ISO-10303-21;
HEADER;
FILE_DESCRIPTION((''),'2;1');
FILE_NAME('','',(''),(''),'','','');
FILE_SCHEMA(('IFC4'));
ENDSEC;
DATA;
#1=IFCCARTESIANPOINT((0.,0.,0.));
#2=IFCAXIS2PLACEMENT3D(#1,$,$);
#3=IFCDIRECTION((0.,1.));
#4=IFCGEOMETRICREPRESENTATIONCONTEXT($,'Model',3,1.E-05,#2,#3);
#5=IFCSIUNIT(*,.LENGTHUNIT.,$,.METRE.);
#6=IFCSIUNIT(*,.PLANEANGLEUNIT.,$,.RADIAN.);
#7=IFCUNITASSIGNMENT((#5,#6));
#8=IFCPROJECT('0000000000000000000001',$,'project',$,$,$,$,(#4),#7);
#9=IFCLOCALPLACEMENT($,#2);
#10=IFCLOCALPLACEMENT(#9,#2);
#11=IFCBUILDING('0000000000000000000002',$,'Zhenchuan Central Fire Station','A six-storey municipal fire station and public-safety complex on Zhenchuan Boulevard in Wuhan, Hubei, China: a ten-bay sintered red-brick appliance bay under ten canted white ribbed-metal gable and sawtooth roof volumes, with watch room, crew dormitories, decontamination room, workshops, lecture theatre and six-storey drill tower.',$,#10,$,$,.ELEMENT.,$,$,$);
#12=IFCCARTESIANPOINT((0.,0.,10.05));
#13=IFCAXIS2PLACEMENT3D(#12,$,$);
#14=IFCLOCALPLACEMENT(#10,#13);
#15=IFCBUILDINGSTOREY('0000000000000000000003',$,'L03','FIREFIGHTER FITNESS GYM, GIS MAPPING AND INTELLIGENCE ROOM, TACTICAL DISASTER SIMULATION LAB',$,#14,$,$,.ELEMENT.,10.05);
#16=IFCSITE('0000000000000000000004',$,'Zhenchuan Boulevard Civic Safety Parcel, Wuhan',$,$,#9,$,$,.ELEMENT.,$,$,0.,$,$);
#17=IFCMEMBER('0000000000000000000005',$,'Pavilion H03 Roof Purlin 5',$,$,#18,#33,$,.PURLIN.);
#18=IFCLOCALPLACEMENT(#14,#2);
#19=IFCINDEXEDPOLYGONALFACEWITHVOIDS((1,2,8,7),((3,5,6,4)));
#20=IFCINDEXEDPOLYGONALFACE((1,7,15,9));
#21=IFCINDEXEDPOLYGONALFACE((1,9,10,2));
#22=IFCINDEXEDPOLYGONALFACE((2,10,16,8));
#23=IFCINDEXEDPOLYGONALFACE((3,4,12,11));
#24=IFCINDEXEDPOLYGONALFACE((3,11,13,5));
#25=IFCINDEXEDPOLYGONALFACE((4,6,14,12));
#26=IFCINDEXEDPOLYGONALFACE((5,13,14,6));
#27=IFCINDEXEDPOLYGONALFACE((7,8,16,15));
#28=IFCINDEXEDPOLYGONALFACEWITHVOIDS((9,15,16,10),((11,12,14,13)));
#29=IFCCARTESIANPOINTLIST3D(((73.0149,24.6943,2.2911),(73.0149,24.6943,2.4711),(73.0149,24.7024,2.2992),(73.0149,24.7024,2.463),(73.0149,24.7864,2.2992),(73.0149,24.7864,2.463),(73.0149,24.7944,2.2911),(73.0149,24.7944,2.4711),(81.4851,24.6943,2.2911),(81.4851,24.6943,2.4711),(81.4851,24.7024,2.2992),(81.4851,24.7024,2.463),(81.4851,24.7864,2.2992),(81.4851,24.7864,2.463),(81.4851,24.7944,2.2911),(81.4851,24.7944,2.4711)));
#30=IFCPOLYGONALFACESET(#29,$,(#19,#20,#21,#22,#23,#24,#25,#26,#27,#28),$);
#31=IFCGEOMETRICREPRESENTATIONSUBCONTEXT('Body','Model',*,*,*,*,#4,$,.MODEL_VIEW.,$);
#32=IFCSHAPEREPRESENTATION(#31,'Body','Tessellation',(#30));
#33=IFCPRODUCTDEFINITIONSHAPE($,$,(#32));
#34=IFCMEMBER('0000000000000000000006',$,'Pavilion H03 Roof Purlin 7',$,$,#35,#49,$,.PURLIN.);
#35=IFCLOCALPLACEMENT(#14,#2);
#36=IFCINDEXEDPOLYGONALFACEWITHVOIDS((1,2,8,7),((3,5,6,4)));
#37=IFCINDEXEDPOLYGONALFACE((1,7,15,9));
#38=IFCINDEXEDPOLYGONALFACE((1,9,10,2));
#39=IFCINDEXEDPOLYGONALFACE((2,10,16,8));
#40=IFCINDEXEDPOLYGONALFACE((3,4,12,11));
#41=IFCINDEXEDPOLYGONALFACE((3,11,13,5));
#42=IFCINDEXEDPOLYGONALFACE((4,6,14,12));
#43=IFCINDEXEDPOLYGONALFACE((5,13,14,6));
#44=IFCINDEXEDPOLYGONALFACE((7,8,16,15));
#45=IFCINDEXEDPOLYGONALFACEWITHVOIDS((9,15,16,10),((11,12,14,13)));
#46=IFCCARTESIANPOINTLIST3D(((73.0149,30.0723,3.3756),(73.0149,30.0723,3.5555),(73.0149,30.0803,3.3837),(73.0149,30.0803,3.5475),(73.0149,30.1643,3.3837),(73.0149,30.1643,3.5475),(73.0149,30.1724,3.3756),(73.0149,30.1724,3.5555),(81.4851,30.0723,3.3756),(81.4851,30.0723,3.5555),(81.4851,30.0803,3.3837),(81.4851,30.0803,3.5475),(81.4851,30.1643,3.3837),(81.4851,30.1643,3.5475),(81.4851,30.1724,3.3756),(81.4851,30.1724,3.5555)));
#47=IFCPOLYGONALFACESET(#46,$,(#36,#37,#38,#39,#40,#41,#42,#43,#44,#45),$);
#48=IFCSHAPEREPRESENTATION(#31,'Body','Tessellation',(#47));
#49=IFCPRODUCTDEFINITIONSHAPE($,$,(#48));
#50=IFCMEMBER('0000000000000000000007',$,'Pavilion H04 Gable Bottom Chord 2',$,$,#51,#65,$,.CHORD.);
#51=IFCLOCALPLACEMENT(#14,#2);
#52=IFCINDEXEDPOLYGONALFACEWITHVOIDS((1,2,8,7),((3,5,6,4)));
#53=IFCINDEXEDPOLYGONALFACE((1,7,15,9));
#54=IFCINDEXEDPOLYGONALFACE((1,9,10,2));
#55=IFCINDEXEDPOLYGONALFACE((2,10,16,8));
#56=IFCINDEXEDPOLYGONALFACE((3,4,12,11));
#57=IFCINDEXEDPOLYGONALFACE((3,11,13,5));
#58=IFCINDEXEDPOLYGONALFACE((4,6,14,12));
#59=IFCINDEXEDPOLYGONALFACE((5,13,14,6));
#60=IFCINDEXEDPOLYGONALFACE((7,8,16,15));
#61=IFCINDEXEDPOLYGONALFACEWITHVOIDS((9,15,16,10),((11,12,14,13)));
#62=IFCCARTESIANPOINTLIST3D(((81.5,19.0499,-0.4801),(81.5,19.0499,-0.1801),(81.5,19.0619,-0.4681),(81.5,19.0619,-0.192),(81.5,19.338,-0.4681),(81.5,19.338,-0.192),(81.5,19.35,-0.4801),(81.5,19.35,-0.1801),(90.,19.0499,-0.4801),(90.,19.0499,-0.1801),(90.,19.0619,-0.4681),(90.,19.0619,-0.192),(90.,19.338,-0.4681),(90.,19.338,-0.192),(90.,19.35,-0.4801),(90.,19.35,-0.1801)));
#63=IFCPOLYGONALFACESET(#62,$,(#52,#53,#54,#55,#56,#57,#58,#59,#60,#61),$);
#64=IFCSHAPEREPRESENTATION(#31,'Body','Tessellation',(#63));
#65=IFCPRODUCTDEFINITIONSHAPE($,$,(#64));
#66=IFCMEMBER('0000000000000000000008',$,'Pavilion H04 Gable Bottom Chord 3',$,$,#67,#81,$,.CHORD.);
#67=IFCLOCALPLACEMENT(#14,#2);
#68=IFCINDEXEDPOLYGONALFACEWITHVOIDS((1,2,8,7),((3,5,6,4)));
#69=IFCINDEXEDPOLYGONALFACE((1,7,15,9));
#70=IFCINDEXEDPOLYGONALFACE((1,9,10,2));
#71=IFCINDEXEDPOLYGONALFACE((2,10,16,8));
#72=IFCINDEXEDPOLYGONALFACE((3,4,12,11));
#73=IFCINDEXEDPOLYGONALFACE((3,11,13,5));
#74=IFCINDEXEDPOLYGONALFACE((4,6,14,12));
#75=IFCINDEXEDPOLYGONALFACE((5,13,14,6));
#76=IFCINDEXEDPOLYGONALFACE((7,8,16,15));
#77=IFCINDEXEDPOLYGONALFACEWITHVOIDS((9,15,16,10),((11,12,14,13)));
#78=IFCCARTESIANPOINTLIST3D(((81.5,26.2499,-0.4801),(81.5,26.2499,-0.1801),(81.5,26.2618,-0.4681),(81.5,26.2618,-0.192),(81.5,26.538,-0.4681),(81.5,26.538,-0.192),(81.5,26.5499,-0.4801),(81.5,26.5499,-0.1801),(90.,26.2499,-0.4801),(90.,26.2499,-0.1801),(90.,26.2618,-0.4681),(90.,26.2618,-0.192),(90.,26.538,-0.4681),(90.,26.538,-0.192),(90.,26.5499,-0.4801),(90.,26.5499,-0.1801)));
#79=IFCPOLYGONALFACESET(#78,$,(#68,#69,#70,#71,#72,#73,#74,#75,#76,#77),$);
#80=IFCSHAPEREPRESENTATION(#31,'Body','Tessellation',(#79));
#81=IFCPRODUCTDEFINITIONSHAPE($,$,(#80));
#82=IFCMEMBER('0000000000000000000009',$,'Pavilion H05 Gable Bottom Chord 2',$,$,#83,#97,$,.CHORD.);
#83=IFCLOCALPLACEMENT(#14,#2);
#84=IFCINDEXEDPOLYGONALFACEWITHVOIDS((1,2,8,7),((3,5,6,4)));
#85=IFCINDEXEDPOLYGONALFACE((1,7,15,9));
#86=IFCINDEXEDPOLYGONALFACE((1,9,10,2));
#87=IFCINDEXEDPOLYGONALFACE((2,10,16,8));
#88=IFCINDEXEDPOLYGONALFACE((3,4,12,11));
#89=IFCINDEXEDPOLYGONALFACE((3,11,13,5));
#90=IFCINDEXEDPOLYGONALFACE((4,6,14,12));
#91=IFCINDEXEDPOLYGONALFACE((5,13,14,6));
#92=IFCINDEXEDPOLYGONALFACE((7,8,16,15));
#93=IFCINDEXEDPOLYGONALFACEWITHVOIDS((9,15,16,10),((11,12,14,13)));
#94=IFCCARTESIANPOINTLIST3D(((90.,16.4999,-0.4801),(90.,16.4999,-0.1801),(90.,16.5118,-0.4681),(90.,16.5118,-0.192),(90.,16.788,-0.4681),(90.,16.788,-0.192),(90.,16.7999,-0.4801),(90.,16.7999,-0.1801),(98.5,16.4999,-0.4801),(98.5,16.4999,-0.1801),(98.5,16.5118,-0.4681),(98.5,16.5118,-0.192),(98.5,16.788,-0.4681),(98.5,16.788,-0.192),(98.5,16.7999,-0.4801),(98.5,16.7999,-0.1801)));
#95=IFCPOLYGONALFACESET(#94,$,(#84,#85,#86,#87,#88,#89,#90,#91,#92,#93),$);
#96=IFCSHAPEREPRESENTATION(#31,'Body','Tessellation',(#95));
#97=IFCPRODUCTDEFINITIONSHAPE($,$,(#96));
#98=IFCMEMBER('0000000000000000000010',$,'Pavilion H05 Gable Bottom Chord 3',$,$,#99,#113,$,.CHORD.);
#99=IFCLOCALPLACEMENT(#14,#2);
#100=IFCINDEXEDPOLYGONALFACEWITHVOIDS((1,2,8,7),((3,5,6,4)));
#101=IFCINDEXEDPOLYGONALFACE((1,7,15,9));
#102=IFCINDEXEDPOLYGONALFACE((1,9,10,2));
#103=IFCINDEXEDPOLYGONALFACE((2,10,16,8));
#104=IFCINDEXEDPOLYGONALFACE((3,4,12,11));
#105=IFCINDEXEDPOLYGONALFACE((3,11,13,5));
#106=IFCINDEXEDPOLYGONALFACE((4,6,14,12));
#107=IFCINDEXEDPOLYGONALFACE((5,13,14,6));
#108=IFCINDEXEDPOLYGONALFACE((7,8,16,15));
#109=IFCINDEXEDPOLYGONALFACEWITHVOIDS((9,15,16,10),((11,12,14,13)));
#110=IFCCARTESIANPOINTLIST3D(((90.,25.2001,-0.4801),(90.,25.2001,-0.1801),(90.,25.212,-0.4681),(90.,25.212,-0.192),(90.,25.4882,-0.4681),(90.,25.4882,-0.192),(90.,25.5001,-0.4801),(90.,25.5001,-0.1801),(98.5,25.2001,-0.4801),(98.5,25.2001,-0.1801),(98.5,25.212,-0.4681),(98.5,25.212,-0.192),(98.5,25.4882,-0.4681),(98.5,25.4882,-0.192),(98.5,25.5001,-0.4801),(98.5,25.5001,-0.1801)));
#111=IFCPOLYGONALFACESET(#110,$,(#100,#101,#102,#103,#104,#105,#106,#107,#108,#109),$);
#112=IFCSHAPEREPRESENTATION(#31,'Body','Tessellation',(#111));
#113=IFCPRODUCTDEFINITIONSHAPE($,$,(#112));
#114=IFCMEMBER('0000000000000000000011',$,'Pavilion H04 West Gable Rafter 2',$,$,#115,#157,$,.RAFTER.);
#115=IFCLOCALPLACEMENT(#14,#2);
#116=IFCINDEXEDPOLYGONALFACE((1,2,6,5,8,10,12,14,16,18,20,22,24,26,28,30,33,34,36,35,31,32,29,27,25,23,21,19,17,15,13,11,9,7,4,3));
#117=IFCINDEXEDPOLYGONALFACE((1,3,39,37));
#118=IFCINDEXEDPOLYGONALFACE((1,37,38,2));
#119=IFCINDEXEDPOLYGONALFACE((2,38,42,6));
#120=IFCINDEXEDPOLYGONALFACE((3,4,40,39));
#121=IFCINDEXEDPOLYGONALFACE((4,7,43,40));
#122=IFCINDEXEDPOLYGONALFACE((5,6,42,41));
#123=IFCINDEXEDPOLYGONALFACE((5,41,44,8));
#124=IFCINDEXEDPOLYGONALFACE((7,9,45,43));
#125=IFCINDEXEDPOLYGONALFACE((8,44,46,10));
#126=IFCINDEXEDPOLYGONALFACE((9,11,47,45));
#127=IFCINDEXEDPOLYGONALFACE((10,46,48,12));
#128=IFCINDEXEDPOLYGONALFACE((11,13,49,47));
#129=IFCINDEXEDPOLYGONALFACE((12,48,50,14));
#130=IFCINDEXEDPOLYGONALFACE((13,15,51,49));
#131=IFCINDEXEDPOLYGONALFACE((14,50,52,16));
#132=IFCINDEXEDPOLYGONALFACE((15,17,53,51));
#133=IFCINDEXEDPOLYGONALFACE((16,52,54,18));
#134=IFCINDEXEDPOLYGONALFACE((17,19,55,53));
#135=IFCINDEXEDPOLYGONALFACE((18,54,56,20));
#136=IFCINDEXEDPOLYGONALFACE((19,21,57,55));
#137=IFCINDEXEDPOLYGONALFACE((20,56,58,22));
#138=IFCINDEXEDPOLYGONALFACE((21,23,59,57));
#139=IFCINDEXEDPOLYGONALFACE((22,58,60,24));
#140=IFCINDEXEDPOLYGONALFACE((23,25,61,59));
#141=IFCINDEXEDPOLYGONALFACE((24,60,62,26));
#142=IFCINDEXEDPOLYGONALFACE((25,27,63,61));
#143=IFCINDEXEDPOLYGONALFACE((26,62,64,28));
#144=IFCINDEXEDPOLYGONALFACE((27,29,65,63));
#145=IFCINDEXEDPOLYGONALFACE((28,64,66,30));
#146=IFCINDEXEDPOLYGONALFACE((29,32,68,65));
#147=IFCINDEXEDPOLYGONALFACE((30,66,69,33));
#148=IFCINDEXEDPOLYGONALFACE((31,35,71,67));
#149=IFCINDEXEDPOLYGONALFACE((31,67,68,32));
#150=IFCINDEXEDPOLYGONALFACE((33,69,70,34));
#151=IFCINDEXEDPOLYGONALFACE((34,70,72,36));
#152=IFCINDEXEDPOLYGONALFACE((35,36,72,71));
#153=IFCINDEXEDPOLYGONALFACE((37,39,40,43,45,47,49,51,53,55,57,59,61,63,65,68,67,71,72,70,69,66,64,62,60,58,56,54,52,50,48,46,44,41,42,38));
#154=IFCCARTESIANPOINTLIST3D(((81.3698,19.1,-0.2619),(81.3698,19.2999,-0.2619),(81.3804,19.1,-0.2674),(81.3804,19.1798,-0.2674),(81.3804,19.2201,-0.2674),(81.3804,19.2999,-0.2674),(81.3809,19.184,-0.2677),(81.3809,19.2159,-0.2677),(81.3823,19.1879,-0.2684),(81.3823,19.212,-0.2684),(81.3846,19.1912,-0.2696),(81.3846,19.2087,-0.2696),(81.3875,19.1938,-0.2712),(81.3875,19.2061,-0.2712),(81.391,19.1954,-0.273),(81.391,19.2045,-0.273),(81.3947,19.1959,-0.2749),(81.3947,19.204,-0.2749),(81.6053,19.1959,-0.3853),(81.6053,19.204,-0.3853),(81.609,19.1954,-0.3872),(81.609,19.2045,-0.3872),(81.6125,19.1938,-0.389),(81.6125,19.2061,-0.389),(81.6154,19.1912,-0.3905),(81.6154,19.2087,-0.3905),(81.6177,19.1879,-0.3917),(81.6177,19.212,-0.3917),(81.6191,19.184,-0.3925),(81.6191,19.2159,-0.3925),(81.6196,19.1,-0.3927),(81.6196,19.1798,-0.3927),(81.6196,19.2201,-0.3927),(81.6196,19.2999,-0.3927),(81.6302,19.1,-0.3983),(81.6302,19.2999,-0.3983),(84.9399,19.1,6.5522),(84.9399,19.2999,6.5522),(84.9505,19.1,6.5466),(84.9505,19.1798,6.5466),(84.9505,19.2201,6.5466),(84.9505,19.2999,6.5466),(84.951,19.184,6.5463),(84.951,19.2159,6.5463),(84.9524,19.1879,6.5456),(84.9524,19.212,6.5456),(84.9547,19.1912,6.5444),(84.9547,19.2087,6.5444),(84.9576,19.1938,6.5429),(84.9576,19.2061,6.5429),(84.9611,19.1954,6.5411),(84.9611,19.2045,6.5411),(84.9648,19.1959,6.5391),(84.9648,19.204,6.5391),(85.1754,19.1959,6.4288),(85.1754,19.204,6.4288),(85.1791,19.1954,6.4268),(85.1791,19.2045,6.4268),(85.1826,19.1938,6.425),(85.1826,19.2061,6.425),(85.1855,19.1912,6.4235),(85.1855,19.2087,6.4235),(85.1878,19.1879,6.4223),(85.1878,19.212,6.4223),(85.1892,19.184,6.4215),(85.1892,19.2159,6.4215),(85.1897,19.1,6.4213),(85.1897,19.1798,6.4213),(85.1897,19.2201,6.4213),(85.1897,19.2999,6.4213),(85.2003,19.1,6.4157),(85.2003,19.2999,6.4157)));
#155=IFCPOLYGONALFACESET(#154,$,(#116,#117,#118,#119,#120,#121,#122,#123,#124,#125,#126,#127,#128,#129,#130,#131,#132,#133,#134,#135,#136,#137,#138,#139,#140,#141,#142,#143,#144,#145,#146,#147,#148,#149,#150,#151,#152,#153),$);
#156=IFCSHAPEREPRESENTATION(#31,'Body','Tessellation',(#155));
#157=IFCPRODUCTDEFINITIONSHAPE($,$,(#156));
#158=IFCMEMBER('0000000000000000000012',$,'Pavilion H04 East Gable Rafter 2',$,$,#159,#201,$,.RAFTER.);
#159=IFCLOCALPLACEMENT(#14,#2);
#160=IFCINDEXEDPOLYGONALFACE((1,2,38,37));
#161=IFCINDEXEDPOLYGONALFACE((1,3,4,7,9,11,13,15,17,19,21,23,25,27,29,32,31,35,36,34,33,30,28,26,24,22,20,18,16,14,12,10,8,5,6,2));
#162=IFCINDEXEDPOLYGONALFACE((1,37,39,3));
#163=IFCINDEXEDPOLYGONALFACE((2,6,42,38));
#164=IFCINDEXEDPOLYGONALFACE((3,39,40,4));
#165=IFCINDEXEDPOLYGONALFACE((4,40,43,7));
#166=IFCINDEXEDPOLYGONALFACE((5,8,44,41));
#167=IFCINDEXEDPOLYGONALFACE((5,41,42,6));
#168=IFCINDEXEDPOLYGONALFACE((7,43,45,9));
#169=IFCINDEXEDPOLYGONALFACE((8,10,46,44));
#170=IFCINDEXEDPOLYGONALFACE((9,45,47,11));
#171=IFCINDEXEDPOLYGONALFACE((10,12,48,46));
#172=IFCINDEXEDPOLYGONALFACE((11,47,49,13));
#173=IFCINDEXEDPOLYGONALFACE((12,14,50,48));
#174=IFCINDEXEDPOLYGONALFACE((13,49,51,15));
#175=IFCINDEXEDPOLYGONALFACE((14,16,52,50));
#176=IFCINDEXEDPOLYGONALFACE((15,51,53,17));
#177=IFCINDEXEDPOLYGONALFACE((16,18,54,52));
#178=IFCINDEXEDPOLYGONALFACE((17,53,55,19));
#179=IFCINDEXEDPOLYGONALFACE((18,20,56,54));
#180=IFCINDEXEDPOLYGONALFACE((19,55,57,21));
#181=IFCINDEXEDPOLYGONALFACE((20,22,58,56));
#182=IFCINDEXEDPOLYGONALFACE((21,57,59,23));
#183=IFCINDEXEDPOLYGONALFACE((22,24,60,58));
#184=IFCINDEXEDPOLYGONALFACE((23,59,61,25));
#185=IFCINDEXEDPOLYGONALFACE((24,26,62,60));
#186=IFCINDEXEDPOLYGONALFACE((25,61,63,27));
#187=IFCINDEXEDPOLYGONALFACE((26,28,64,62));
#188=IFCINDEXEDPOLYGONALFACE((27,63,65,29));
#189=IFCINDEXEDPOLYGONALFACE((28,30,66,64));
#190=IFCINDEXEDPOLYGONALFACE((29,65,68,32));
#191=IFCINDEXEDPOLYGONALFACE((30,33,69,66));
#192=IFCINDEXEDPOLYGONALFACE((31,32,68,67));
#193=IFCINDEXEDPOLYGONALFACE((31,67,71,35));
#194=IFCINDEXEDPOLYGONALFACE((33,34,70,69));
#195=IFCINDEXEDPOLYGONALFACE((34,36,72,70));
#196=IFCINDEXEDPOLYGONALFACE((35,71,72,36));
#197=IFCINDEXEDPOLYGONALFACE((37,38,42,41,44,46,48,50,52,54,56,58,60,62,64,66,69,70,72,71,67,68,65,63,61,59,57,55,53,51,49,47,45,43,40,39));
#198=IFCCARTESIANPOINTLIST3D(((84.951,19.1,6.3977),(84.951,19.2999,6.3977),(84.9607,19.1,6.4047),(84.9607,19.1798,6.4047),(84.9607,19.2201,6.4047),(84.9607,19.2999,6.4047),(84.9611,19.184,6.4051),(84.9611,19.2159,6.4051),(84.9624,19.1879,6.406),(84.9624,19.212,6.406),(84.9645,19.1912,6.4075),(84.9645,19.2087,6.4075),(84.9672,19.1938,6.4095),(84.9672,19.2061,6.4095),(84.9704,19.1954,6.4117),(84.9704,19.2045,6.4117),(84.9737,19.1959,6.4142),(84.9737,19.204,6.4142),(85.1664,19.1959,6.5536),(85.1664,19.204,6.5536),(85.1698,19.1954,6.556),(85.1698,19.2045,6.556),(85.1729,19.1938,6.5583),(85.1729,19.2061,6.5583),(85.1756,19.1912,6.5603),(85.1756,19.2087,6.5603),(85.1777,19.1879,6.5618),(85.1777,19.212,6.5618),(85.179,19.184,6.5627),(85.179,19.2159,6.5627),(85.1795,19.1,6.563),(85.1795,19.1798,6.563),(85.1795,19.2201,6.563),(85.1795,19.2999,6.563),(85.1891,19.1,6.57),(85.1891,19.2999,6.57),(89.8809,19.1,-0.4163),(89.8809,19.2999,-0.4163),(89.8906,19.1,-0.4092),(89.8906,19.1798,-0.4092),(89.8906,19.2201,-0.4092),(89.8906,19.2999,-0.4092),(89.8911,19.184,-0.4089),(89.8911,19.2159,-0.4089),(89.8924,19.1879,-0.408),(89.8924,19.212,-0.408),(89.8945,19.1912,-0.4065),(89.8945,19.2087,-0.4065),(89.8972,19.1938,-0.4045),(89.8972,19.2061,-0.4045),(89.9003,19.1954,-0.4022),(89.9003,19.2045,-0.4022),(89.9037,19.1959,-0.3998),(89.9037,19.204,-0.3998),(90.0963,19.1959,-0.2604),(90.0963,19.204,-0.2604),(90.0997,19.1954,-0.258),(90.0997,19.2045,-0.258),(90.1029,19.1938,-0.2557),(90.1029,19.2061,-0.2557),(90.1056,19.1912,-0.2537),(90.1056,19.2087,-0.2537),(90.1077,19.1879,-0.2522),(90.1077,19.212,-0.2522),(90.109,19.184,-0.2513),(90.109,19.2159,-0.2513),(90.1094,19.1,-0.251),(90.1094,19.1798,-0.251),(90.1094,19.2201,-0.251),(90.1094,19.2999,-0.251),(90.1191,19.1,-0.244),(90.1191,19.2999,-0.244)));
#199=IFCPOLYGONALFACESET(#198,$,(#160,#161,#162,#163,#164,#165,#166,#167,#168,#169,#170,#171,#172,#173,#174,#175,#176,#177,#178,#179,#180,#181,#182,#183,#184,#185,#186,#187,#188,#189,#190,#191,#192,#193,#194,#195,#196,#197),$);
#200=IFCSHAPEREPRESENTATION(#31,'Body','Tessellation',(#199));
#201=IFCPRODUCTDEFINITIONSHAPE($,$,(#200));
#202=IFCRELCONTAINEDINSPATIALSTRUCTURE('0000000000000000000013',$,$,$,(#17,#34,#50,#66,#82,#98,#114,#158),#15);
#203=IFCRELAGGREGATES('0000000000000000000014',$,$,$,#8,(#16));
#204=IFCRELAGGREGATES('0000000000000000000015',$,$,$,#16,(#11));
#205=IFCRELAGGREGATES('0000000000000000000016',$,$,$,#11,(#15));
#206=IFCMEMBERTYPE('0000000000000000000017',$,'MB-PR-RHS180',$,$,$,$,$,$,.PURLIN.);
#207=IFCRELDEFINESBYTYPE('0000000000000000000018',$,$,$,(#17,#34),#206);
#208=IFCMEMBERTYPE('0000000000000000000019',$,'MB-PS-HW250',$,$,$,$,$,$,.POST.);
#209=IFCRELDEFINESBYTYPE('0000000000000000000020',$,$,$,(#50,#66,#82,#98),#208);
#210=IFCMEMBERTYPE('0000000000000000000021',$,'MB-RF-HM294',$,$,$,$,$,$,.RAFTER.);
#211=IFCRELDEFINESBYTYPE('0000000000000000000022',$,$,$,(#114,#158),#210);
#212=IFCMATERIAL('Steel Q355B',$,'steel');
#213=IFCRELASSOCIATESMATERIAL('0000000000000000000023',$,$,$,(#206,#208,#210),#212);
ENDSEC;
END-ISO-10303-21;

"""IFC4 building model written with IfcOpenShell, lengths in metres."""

from ifc_helpers import new_model, si_unit, direction, frame, origin, origin_2d, place, context, subcontext, project, spatial, hollow_rectangle, i_section, extrude, material, material_profile, profile_set, type_object, element, save


model = new_model("IFC4")

# Units and contexts
model_context = context("Model", 3, precision=1e-05, world=origin(), true_north=direction((0.0, 1.0)))
body_context = subcontext(model_context, "Body", "Model", "MODEL_VIEW")
ifc_project = project(units=[si_unit("LENGTHUNIT", "METRE"), si_unit("PLANEANGLEUNIT", "RADIAN")], contexts=[model_context])

# Site, building, storey
site_placement = place(None, origin())
site = spatial("IfcSite", under=ifc_project, at=site_placement, Name="Zhenchuan Boulevard Civic Safety Parcel, Wuhan", CompositionType="ELEMENT", RefElevation=0.0)
building_placement = place(site_placement, origin())
building = spatial("IfcBuilding", under=site, at=building_placement, Name="Zhenchuan Central Fire Station", Description="A six-storey municipal fire station and public-safety complex on Zhenchuan Boulevard in Wuhan, Hubei, China: a ten-bay sintered red-brick appliance bay under ten canted white ribbed-metal gable and sawtooth roof volumes, with watch room, crew dormitories, decontamination room, workshops, lecture theatre and six-storey drill tower.", CompositionType="ELEMENT")
storey_placement = place(building_placement, frame((0.0, 0.0, 10.05)))
storey = spatial("IfcBuildingStorey", under=building, at=storey_placement, Name="L03", Description="FIREFIGHTER FITNESS GYM, GIS MAPPING AND INTELLIGENCE ROOM, TACTICAL DISASTER SIMULATION LAB", CompositionType="ELEMENT", Elevation=10.05)

# Members
ifc_material = material(Name="Steel Q355B", Category="steel")
ifc_material_profile_1 = material_profile(ifc_material, hollow_rectangle(XDim=0.1001, YDim=0.1799, WallThickness=0.0081, at=origin_2d()), Name="RHS 180x100x8")
ifc_profile_set_1 = profile_set([ifc_material_profile_1], Name="Steel Q355B")
member_type_1 = type_object("IfcMemberType", Name="MB-PR-RHS180", PredefinedType="PURLIN", material=ifc_profile_set_1)
for number, where, z_axis, x_axis, name in (
    (1, (73.0149, 24.7444, 2.3811), (1.0, 0.0, 0.0), (0.0, 1.0, 0.0), "Pavilion H03 Roof Purlin 5"),
    (2, (73.0149, 30.1223, 3.4656), (1.0, 0.0, 0.0), (0.0, 1.0, 0.0), "Pavilion H03 Roof Purlin 7"),
):
    element("IfcMember", number, at=place(storey_placement, frame(where, z_axis=z_axis, x_axis=x_axis)), inside=storey, type_object=member_type_1, Name=name, PredefinedType="PURLIN", context=body_context, shape_type="SweptSolid", body=[
        extrude(hollow_rectangle(XDim=0.1001, YDim=0.1799, WallThickness=0.0081, at=origin_2d()), origin(), (0.0, 0.0, 1.0), 8.4702),
    ])
ifc_material_profile_2 = material_profile(ifc_material, hollow_rectangle(XDim=0.3, YDim=0.3, WallThickness=0.012, at=origin_2d()), Name="SHS 300x300x12")
ifc_profile_set_2 = profile_set([ifc_material_profile_2], Name="Steel Q355B")
member_type_2 = type_object("IfcMemberType", Name="MB-PS-HW250", PredefinedType="POST", material=ifc_profile_set_2)
for number, where, z_axis, x_axis, name in (
    (3, (81.5, 19.2, -0.3301), (1.0, 0.0, 0.0), (0.0, 1.0, 0.0), "Pavilion H04 Gable Bottom Chord 2"),
    (4, (81.5, 26.3999, -0.3301), (1.0, 0.0, 0.0), (0.0, 1.0, 0.0), "Pavilion H04 Gable Bottom Chord 3"),
    (5, (90.0, 16.6499, -0.3301), (1.0, 0.0, 0.0), (0.0, 1.0, 0.0), "Pavilion H05 Gable Bottom Chord 2"),
    (6, (90.0, 25.3501, -0.3301), (1.0, 0.0, 0.0), (0.0, 1.0, 0.0), "Pavilion H05 Gable Bottom Chord 3"),
):
    element("IfcMember", number, at=place(storey_placement, frame(where, z_axis=z_axis, x_axis=x_axis)), inside=storey, type_object=member_type_2, Name=name, PredefinedType="CHORD", context=body_context, shape_type="SweptSolid", body=[
        extrude(hollow_rectangle(XDim=0.3, YDim=0.3, WallThickness=0.012, at=origin_2d()), origin(), (0.0, 0.0, 1.0), 8.5),
    ])
ifc_material_profile_3 = material_profile(ifc_material, i_section(OverallWidth=0.2, OverallDepth=0.2939, WebThickness=0.0081, FlangeThickness=0.012, FilletRadius=0.0161, at=origin_2d()), Name="HM 294x200")
ifc_profile_set_3 = profile_set([ifc_material_profile_3], Name="Steel Q355B")
member_type_3 = type_object("IfcMemberType", Name="MB-RF-HM294", PredefinedType="RAFTER", material=ifc_profile_set_3)
member_1_placement = place(storey_placement, frame((81.5, 19.2, -0.3301), z_axis=(0.464094, 0.0, 0.885786), x_axis=(0.0, 1.0, 0.0)))
element("IfcMember", 7, at=member_1_placement, inside=storey, type_object=member_type_3, Name="Pavilion H04 West Gable Rafter 2", PredefinedType="RAFTER", context=body_context, shape_type="SweptSolid", body=[
    extrude(i_section(OverallWidth=0.2, OverallDepth=0.2939, WebThickness=0.0081, FlangeThickness=0.012, FilletRadius=0.0161, at=origin_2d()), origin(), (0.0, 0.0, 1.0), 7.6926),
])
member_2_placement = place(storey_placement, frame((85.0701, 19.2, 6.4839), z_axis=(0.586173, 0.0, -0.810186), x_axis=(0.0, 1.0, 0.0)))
element("IfcMember", 8, at=member_2_placement, inside=storey, type_object=member_type_3, Name="Pavilion H04 East Gable Rafter 2", PredefinedType="RAFTER", context=body_context, shape_type="SweptSolid", body=[
    extrude(i_section(OverallWidth=0.2, OverallDepth=0.2939, WebThickness=0.0081, FlangeThickness=0.012, FilletRadius=0.0161, at=origin_2d()), origin(), (0.0, 0.0, 1.0), 8.4104),
])

save(model, "model.ifc")
